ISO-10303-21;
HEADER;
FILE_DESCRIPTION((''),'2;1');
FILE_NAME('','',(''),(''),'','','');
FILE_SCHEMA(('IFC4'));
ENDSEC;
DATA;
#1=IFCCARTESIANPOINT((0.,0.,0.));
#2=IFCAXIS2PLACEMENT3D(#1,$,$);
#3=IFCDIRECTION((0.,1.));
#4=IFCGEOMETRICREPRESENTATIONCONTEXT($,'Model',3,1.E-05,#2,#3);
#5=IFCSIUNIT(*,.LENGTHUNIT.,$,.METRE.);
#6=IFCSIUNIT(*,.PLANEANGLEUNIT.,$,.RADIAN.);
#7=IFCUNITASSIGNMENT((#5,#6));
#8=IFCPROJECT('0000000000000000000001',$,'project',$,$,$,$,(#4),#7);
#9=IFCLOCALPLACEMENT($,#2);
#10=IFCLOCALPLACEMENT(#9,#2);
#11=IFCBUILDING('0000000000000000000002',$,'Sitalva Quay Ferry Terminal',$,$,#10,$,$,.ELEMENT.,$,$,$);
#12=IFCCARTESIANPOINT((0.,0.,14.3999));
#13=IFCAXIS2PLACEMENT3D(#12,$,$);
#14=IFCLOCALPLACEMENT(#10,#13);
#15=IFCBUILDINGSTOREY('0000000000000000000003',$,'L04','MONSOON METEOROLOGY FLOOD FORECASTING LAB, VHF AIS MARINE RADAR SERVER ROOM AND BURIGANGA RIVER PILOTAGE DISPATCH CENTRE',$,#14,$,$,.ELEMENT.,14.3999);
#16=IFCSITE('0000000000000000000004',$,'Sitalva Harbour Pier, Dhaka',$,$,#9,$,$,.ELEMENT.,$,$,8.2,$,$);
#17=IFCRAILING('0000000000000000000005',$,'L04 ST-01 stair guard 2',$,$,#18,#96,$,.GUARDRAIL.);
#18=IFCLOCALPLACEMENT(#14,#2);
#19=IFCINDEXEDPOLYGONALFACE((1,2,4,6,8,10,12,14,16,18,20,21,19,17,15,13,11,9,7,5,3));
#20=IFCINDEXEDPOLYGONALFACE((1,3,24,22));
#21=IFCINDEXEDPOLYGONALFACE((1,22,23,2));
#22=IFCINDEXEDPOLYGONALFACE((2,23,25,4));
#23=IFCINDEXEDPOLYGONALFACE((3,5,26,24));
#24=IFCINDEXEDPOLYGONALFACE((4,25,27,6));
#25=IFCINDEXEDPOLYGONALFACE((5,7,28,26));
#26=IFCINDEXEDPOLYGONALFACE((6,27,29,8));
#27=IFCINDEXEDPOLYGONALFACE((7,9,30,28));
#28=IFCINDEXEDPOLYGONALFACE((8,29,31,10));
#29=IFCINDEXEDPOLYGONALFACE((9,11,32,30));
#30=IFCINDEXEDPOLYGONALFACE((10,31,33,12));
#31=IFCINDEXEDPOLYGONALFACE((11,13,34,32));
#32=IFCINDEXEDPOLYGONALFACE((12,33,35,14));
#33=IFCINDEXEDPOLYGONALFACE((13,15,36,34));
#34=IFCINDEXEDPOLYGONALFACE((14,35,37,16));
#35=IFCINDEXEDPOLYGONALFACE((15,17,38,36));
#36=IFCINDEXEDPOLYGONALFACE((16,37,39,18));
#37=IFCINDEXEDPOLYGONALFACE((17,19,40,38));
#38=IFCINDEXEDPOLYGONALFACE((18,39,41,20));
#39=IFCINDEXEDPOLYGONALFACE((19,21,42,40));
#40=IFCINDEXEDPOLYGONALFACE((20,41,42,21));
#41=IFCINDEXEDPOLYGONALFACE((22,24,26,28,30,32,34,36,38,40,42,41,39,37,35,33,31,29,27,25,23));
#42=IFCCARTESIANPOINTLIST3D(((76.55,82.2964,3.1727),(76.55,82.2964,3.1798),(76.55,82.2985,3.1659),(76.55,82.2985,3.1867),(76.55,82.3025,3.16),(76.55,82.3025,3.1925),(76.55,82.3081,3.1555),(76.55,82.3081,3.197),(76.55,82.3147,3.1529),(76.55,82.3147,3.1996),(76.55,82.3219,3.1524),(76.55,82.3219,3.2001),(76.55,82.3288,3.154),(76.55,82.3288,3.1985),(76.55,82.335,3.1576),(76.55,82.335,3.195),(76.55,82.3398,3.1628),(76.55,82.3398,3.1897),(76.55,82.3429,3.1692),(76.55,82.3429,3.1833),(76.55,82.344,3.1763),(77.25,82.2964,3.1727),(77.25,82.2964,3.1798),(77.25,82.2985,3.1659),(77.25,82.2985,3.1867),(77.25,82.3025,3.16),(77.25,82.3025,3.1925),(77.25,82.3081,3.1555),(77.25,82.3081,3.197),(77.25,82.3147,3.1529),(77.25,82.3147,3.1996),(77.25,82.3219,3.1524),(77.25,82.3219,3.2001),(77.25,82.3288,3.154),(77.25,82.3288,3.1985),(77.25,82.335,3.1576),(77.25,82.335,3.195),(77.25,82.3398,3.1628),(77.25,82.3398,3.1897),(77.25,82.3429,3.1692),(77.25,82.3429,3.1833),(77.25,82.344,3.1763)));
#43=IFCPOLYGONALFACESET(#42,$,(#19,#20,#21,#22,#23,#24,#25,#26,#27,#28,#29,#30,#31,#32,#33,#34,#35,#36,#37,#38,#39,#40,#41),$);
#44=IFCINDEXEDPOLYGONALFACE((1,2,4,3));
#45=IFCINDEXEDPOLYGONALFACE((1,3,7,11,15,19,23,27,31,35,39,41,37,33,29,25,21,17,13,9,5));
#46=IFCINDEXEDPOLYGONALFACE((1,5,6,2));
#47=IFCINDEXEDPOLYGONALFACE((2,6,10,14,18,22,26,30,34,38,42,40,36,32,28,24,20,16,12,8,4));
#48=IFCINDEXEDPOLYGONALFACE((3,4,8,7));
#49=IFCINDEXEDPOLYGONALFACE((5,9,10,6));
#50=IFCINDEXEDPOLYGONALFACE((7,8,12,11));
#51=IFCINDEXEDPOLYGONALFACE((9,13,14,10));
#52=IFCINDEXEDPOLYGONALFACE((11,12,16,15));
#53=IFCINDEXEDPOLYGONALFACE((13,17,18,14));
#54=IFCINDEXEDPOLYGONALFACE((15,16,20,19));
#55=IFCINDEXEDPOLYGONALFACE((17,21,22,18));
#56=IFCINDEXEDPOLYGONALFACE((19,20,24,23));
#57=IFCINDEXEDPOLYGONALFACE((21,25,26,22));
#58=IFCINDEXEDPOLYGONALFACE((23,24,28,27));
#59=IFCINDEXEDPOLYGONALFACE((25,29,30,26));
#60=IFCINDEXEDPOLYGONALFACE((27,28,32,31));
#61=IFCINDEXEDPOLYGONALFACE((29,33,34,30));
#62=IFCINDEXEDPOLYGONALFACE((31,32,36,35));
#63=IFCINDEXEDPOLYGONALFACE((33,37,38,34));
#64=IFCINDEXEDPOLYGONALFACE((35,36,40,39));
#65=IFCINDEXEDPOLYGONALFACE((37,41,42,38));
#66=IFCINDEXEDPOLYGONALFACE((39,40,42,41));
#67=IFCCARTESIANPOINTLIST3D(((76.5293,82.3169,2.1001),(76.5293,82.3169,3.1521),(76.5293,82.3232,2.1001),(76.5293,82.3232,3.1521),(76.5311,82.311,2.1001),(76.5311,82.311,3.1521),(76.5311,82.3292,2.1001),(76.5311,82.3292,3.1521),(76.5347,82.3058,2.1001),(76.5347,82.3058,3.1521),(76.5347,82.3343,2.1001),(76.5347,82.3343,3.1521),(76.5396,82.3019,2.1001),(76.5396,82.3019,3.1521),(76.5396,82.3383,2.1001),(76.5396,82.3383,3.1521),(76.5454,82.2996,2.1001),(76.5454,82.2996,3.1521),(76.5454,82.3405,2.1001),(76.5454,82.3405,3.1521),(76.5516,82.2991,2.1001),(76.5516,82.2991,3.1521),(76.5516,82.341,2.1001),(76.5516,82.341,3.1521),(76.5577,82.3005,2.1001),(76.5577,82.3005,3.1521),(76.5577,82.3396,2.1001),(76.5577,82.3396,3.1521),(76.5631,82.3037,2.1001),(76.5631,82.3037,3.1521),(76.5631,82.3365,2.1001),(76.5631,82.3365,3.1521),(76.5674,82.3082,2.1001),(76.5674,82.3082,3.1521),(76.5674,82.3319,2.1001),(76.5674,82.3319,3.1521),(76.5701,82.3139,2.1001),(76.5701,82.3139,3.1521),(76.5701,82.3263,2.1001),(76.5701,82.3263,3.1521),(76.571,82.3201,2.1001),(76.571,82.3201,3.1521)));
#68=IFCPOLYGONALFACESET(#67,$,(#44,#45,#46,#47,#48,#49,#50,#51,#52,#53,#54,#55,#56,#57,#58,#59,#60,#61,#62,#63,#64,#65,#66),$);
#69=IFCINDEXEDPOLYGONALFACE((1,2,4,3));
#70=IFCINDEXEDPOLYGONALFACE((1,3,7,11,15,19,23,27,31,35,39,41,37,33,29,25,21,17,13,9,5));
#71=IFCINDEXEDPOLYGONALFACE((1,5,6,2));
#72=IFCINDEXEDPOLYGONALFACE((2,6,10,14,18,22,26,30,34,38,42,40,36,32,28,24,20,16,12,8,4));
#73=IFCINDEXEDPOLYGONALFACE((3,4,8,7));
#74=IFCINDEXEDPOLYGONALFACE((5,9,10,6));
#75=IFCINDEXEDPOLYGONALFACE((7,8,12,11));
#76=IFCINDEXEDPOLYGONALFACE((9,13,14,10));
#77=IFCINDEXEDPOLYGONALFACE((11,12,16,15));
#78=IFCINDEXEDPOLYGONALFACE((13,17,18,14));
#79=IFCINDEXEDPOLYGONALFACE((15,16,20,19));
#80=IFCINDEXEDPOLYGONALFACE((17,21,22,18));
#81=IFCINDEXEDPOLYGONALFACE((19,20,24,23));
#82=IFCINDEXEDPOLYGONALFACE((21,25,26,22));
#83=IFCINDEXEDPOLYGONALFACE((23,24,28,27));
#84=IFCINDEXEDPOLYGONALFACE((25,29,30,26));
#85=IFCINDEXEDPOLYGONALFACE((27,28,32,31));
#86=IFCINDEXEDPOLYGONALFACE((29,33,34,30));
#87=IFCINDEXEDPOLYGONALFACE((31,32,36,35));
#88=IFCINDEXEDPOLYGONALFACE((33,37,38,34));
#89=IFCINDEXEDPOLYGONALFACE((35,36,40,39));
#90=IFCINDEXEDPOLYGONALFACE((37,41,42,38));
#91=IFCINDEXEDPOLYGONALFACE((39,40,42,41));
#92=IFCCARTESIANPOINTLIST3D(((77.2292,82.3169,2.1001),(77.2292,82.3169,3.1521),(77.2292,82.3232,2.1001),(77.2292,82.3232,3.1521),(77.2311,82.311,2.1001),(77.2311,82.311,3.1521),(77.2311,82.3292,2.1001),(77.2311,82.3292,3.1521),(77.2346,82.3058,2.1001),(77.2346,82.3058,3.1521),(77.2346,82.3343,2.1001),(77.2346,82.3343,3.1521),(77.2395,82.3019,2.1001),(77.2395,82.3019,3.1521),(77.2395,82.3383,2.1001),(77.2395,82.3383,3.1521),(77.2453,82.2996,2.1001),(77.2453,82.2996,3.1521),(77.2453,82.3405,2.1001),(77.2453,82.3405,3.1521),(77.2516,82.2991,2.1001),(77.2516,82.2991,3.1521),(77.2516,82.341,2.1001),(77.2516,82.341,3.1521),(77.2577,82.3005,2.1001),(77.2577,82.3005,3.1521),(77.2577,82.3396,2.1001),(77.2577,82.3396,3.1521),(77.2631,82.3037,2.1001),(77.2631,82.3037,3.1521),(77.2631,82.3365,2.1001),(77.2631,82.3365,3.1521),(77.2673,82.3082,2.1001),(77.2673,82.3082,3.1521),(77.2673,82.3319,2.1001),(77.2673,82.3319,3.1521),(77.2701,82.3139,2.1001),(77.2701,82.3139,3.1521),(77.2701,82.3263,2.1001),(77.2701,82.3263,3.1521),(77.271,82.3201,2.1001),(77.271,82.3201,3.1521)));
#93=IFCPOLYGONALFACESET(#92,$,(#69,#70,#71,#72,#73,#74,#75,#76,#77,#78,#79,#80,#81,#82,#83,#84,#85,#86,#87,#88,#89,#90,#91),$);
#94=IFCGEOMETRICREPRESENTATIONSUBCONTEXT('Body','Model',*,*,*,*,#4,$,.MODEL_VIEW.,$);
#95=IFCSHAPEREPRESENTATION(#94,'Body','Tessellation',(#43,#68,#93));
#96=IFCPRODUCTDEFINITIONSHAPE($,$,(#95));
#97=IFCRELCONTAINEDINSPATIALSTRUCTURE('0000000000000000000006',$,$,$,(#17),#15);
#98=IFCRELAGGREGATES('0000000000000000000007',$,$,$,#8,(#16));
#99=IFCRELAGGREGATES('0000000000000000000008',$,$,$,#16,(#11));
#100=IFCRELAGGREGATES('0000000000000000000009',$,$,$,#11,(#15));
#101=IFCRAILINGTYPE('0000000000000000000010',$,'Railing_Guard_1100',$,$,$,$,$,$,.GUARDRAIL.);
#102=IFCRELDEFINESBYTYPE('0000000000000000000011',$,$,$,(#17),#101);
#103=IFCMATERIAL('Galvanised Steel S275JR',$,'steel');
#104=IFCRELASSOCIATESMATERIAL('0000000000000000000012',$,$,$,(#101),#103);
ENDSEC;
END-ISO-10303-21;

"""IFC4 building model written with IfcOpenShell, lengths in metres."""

from ifc_helpers import new_model, si_unit, direction, frame, origin, origin_2d, place, context, subcontext, project, spatial, circle, extrude, material, type_object, element, save


model = new_model("IFC4")

# Units and contexts
model_context = context("Model", 3, precision=1e-05, world=origin(), true_north=direction((0.0, 1.0)))
body_context = subcontext(model_context, "Body", "Model", "MODEL_VIEW")
ifc_project = project(units=[si_unit("LENGTHUNIT", "METRE"), si_unit("PLANEANGLEUNIT", "RADIAN")], contexts=[model_context])

# Site, building, storey
site_placement = place(None, origin())
site = spatial("IfcSite", under=ifc_project, at=site_placement, Name="Sitalva Harbour Pier, Dhaka", CompositionType="ELEMENT", RefElevation=8.2)
building_placement = place(site_placement, origin())
building = spatial("IfcBuilding", under=site, at=building_placement, Name="Sitalva Quay Ferry Terminal", CompositionType="ELEMENT")
storey_placement = place(building_placement, frame((0.0, 0.0, 14.3999)))
storey = spatial("IfcBuildingStorey", under=building, at=storey_placement, Name="L04", Description="MONSOON METEOROLOGY FLOOD FORECASTING LAB, VHF AIS MARINE RADAR SERVER ROOM AND BURIGANGA RIVER PILOTAGE DISPATCH CENTRE", CompositionType="ELEMENT", Elevation=14.3999)

# Railing
ifc_material_1 = material(Name="Galvanised Steel S275JR", Category="steel")
railing_type_1 = type_object("IfcRailingType", Name="Railing_Guard_1100", PredefinedType="GUARDRAIL", material=ifc_material_1)
railing_1_placement = place(storey_placement, frame((76.55, 82.3201, 2.1001)))
element("IfcRailing", 1, at=railing_1_placement, inside=storey, type_object=railing_type_1, Name="L04 ST-01 stair guard 2", PredefinedType="GUARDRAIL", context=body_context, shape_type="SweptSolid", body=[
    extrude(circle(Radius=0.0239, at=origin_2d()), frame((0.0, 0.0, 1.0762), z_axis=(1.0, 0.0, 0.0), x_axis=(0.0, 1.0, 0.0)), (0.0, 0.0, 1.0), 0.7),
    extrude(circle(Radius=0.021, at=origin_2d()), origin(), (0.0, 0.0, 1.0), 1.052),
    extrude(circle(Radius=0.021, at=origin_2d()), frame((0.7, 0.0, 0.0)), (0.0, 0.0, 1.0), 1.052),
])

save(model, "model.ifc")
